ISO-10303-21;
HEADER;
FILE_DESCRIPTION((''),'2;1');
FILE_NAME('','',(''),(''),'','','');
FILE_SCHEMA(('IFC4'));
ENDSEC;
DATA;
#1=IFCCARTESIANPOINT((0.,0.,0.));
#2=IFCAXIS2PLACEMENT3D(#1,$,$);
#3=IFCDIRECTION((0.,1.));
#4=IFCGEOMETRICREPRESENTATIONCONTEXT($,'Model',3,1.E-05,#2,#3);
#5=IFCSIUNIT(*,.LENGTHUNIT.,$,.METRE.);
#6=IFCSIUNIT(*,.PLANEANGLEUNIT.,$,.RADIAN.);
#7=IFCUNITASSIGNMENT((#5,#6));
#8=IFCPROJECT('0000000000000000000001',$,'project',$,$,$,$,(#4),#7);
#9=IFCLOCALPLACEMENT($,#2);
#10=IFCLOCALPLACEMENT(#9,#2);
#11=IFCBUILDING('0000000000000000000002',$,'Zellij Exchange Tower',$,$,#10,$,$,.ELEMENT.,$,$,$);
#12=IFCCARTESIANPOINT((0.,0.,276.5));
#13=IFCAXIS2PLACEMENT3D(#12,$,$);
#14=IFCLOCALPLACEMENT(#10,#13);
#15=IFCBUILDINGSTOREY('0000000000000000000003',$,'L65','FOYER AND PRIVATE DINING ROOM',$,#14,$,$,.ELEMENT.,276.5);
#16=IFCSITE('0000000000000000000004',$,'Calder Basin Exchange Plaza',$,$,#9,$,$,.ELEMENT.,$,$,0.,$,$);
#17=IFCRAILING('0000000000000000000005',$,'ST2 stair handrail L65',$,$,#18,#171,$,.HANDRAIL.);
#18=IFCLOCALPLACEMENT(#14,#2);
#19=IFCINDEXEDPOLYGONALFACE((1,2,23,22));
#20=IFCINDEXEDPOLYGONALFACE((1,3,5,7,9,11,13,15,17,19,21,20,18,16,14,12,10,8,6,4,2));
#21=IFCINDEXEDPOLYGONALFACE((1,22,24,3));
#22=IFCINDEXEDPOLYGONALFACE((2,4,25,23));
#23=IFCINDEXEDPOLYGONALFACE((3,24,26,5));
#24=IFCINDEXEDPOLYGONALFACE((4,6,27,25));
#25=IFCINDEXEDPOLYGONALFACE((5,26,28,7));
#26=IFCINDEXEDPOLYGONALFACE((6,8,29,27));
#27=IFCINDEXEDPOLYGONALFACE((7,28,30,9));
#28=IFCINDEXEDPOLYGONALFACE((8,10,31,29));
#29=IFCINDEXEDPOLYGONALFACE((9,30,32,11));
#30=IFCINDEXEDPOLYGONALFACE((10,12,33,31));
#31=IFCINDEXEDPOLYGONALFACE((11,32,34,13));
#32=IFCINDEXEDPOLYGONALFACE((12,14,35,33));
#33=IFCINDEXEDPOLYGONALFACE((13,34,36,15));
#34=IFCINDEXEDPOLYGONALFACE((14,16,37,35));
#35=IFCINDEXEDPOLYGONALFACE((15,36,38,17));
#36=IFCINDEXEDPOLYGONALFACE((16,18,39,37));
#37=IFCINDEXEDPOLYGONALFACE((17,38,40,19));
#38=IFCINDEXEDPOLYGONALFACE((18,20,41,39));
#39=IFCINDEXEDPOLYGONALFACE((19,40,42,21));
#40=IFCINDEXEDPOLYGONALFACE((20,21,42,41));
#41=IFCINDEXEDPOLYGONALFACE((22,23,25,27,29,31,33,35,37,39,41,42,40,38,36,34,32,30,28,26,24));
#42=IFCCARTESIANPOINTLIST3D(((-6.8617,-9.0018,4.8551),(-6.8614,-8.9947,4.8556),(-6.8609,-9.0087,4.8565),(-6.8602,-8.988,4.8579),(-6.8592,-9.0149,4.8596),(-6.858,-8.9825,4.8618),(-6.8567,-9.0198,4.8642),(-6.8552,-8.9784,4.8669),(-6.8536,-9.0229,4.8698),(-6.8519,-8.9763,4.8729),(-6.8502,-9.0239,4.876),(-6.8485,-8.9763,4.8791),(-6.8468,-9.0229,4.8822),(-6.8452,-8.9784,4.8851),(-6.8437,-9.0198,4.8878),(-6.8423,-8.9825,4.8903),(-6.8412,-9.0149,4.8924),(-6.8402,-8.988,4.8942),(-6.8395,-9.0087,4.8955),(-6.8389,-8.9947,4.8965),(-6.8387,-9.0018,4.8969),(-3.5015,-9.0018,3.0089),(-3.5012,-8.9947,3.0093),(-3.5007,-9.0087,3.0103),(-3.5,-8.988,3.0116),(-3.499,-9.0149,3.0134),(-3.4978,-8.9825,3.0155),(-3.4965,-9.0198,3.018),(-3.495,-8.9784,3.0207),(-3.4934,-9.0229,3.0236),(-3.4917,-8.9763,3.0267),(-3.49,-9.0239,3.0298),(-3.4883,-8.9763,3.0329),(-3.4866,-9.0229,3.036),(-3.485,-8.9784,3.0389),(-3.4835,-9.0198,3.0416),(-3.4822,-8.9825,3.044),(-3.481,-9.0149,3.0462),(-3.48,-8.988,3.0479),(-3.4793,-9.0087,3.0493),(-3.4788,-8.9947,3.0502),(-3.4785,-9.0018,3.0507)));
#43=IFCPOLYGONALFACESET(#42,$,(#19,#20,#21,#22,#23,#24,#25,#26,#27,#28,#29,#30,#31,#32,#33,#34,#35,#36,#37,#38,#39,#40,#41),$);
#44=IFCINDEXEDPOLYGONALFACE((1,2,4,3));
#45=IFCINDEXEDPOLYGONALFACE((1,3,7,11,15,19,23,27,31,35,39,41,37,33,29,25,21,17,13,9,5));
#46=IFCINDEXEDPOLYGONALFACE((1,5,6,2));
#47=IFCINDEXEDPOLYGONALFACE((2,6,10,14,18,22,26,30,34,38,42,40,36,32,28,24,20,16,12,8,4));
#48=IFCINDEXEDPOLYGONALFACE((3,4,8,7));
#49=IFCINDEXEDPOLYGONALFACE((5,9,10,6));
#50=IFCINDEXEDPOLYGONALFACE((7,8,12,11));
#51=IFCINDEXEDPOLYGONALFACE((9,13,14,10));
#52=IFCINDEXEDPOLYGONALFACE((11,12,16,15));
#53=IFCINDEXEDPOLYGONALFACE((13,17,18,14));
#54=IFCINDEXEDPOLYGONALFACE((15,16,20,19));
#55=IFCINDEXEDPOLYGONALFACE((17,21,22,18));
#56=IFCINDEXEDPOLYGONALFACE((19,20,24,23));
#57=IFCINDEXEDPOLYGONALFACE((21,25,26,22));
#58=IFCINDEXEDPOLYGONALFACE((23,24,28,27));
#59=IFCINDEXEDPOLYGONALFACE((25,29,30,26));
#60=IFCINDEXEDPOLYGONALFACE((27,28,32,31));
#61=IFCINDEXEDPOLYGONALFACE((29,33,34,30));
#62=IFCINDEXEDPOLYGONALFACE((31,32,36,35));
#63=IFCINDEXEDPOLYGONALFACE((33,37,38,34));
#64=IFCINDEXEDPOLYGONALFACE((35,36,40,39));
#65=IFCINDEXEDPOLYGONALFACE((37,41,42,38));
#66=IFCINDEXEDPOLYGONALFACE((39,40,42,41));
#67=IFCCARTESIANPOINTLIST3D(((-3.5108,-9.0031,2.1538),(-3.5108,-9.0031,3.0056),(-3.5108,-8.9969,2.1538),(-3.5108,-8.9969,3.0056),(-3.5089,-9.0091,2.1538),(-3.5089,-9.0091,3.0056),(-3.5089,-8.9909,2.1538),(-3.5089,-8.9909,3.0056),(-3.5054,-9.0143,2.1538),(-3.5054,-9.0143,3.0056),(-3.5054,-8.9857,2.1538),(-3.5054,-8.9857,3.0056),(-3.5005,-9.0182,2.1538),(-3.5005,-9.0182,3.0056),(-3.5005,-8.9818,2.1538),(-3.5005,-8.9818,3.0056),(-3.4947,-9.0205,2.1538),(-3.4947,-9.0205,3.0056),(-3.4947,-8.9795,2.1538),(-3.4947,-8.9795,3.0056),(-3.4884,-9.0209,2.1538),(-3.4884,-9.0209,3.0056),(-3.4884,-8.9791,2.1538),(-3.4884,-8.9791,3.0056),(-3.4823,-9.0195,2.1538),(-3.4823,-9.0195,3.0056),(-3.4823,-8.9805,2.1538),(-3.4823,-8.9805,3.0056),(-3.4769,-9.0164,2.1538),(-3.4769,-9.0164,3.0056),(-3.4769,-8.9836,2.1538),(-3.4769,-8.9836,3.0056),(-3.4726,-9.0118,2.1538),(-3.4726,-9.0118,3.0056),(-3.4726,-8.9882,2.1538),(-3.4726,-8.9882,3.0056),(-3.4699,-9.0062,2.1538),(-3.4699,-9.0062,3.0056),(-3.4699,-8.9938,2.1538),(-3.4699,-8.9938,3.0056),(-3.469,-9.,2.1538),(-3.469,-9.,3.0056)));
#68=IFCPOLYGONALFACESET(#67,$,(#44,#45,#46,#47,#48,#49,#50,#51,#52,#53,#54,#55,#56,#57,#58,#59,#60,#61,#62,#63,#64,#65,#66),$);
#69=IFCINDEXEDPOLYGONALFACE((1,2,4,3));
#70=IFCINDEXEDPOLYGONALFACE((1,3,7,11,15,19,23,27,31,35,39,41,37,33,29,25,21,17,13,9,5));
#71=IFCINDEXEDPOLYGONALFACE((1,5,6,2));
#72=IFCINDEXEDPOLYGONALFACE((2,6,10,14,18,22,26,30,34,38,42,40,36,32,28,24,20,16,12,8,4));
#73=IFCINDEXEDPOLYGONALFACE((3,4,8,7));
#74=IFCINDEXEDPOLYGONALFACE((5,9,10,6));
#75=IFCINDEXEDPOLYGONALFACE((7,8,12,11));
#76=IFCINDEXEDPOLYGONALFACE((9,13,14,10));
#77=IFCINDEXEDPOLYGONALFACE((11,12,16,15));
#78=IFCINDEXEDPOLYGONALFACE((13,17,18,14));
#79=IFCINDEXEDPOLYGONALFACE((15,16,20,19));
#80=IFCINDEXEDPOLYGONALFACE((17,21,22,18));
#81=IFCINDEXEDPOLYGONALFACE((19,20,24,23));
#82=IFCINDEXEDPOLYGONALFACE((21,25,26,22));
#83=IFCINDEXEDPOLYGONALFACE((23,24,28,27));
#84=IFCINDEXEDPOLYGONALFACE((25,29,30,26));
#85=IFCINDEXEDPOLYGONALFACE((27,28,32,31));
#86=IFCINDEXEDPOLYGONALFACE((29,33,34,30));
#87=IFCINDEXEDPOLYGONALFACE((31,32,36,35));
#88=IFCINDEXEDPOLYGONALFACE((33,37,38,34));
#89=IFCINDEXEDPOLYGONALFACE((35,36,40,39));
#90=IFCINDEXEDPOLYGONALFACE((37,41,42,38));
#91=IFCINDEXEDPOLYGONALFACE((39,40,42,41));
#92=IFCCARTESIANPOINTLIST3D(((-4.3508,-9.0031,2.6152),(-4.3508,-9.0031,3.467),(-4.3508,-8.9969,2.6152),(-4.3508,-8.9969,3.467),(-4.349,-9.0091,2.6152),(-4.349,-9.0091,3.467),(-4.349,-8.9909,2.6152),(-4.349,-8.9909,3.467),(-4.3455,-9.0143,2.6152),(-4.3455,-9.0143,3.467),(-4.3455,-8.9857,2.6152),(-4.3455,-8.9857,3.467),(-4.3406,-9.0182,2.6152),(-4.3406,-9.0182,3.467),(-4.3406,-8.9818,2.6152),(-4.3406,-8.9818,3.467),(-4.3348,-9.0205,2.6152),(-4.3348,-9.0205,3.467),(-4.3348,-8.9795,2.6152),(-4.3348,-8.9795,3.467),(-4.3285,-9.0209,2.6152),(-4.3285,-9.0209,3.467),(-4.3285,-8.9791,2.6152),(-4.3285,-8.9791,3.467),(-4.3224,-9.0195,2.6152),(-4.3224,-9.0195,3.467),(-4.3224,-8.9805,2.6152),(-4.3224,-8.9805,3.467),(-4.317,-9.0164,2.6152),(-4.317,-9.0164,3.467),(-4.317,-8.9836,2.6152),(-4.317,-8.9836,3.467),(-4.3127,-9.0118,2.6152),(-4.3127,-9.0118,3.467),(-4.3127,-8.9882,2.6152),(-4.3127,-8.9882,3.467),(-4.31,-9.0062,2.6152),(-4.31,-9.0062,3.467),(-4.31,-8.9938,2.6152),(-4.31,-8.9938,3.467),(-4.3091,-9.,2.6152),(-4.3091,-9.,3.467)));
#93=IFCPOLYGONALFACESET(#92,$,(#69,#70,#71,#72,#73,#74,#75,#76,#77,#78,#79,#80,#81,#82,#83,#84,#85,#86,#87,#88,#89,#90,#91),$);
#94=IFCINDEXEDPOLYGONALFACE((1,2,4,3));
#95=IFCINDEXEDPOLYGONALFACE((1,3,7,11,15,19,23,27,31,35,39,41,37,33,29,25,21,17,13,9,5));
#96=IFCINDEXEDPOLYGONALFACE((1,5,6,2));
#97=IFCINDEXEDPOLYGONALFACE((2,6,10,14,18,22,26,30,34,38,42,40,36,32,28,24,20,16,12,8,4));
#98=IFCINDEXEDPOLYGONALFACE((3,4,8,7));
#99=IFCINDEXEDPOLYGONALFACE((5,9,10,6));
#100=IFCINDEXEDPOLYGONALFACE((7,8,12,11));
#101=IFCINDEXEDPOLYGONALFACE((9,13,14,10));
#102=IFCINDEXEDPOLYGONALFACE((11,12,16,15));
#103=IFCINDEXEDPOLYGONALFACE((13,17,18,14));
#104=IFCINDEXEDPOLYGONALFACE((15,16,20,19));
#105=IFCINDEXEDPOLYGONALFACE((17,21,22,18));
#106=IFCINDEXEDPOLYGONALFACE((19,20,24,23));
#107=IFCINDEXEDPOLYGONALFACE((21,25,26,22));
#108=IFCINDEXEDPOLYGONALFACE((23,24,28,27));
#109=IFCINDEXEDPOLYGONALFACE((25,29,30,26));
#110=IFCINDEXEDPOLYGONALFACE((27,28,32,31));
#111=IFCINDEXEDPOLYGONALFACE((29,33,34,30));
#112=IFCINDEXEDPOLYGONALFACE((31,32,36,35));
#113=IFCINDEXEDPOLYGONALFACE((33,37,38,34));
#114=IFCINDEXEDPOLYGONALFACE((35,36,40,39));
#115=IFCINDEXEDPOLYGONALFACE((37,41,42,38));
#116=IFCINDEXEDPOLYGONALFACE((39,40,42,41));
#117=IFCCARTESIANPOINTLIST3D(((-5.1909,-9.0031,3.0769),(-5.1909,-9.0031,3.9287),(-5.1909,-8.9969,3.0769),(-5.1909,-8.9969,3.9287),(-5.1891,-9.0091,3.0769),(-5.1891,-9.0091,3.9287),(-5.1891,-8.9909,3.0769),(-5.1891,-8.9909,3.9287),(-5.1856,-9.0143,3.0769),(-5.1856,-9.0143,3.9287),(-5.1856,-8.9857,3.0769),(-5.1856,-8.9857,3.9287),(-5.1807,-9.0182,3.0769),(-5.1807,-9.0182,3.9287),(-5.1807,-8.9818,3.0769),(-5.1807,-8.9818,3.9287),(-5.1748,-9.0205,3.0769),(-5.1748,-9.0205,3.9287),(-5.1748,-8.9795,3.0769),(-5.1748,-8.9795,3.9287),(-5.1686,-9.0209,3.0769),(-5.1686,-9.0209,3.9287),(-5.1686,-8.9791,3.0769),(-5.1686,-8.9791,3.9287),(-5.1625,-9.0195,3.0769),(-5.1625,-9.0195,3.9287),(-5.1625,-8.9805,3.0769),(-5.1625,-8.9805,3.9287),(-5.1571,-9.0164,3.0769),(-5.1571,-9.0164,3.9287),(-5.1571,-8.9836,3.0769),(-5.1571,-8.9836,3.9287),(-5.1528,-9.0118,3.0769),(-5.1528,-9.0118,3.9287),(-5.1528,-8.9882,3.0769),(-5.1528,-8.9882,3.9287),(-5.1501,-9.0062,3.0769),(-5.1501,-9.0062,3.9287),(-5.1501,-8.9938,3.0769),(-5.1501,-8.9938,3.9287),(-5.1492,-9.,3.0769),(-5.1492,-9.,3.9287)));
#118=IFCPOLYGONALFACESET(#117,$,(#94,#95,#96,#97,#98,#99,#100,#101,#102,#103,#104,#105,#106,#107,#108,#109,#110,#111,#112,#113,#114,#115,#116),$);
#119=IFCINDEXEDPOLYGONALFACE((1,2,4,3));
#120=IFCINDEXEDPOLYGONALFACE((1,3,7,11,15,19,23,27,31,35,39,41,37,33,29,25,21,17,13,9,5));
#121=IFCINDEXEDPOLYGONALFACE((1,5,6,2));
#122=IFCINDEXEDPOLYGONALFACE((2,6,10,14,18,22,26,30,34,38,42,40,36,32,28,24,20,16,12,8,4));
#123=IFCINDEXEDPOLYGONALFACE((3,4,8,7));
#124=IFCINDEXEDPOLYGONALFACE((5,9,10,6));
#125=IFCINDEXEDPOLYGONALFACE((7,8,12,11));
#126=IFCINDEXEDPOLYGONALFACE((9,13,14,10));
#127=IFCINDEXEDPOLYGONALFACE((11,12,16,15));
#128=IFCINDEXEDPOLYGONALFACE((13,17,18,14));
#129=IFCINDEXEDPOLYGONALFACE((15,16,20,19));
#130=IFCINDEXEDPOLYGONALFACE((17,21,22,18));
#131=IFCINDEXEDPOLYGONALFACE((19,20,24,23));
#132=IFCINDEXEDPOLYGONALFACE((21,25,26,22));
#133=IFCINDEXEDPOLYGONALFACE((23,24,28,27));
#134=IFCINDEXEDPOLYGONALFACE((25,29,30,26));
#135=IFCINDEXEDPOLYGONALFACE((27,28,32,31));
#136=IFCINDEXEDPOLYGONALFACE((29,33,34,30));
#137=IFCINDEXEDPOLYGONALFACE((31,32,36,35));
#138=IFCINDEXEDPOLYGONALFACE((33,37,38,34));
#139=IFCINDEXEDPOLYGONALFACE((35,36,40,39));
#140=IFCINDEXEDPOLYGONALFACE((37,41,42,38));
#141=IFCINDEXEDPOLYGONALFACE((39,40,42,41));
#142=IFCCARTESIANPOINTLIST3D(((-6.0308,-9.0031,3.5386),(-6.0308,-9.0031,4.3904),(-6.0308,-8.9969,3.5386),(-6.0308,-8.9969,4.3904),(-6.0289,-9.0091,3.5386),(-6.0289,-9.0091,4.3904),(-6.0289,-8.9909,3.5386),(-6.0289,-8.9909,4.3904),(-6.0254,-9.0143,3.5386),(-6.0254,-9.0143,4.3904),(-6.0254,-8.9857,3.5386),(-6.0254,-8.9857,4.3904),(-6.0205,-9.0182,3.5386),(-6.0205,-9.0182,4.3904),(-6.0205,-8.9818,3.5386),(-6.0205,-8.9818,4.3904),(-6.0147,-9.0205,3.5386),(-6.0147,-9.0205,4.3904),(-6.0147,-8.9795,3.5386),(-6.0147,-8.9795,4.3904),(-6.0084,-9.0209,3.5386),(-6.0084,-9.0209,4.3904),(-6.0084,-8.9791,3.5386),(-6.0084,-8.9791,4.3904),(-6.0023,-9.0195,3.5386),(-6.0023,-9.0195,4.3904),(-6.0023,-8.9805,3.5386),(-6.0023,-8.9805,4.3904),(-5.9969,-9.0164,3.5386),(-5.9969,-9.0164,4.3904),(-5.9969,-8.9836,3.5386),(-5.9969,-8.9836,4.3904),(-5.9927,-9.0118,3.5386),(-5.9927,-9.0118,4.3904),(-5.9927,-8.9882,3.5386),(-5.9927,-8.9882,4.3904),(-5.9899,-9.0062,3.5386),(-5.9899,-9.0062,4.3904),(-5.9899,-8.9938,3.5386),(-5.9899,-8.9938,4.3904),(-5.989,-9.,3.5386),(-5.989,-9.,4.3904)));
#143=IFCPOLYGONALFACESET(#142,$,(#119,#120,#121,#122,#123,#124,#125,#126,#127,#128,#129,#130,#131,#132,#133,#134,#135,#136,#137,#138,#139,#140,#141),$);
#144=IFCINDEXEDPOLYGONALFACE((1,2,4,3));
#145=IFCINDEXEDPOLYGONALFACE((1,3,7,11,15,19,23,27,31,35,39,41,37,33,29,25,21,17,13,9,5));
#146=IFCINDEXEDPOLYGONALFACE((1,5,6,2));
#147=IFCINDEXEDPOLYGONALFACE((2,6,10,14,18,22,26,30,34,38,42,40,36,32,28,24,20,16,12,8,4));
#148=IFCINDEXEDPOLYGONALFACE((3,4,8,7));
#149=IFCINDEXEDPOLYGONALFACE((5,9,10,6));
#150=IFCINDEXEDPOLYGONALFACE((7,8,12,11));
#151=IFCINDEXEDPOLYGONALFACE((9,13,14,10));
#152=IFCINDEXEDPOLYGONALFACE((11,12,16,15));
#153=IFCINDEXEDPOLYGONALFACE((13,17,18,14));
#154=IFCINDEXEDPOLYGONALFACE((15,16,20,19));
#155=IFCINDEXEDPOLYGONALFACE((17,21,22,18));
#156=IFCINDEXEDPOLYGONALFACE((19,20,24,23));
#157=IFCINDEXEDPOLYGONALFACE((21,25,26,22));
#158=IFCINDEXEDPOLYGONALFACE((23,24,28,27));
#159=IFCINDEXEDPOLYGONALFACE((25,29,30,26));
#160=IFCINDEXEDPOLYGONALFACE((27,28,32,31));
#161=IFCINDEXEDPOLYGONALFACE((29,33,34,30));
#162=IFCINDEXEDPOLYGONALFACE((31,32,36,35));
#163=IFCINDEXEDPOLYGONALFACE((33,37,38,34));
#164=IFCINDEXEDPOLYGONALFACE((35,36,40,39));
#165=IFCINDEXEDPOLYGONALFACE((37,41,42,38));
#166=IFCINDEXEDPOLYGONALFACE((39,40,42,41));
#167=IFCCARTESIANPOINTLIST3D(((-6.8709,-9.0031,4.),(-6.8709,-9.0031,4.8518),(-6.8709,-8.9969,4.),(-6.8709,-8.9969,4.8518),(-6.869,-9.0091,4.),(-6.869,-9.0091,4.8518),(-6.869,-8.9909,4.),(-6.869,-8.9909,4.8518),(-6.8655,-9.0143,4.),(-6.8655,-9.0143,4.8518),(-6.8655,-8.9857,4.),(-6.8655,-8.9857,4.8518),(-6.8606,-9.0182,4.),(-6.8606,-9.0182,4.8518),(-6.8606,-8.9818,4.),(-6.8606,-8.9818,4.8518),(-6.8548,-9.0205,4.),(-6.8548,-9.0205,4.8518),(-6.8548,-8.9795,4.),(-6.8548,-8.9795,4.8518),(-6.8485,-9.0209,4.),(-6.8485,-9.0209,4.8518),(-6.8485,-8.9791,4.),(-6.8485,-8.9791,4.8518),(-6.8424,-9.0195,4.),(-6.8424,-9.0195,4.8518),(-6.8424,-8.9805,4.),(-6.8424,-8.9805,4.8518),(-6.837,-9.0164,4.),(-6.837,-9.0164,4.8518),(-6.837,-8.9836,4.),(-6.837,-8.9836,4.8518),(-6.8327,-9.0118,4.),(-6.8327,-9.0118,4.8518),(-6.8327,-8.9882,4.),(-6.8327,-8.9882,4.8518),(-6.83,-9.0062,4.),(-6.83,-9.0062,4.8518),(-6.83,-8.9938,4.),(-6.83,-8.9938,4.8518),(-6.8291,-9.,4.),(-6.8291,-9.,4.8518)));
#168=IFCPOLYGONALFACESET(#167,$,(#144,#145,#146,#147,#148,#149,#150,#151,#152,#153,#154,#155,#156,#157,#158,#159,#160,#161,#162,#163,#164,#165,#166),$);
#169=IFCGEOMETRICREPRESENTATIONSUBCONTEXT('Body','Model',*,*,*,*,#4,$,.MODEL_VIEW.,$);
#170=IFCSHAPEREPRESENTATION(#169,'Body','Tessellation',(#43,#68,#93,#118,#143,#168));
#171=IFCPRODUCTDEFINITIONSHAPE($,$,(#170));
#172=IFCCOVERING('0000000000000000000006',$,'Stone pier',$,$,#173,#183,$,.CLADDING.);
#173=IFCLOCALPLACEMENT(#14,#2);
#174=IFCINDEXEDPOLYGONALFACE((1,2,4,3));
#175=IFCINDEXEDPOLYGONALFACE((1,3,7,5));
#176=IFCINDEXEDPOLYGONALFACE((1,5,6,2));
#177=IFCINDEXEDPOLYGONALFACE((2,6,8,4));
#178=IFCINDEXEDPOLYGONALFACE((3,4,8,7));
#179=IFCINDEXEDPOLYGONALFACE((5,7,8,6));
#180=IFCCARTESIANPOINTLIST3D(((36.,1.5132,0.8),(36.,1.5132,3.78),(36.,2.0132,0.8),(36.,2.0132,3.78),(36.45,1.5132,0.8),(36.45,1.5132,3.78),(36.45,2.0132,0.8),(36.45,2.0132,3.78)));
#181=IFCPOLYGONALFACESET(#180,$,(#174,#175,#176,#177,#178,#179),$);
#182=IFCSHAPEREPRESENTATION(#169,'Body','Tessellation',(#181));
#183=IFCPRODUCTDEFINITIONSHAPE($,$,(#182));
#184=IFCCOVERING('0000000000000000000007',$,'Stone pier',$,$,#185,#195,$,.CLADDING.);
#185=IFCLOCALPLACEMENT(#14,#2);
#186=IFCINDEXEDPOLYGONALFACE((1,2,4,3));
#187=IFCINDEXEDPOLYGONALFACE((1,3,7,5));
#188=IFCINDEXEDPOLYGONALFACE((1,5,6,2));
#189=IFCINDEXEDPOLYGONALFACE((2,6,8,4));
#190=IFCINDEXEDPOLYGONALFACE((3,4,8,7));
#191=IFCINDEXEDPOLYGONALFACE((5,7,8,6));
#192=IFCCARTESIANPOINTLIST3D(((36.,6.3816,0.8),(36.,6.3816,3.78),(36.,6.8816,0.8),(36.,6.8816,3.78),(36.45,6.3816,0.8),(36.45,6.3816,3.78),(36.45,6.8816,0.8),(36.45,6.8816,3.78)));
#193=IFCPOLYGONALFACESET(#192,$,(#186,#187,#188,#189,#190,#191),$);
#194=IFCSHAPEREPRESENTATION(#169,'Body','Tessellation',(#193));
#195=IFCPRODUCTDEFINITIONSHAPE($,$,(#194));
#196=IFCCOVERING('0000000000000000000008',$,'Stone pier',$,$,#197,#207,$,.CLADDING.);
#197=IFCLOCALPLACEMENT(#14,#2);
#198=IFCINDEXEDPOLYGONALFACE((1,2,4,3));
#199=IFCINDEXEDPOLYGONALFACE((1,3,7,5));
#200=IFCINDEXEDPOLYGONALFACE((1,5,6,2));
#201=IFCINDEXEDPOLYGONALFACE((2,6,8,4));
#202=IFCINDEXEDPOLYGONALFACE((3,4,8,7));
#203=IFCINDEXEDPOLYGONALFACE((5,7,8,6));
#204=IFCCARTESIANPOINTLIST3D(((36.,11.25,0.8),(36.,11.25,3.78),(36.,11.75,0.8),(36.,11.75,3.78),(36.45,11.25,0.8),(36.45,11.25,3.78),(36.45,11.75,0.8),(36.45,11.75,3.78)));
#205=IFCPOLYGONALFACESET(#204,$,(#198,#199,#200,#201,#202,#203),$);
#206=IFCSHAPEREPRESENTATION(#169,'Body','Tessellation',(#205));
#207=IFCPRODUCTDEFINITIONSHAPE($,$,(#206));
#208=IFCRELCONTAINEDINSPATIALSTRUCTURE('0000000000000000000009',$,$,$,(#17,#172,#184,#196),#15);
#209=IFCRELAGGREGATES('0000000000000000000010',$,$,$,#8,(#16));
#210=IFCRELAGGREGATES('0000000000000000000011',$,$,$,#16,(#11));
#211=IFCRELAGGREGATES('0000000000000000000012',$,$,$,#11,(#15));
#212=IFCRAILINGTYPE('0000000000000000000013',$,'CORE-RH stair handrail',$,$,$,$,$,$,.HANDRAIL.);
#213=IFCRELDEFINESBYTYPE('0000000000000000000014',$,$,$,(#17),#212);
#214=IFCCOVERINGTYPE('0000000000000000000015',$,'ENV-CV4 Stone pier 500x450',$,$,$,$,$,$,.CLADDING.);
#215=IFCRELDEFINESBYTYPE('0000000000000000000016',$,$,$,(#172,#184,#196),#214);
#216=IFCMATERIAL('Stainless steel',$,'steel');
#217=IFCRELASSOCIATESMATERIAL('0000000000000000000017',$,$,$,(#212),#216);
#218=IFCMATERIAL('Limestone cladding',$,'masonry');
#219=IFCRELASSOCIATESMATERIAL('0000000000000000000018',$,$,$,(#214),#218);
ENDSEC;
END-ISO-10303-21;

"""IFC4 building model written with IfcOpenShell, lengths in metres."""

from ifc_helpers import new_model, si_unit, direction, frame, origin, origin_2d, place, context, subcontext, project, spatial, polyline, circle, outline, extrude, material, type_object, element, save


model = new_model("IFC4")

# Units and contexts
model_context = context("Model", 3, precision=1e-05, world=origin(), true_north=direction((0.0, 1.0)))
body_context = subcontext(model_context, "Body", "Model", "MODEL_VIEW")
ifc_project = project(units=[si_unit("LENGTHUNIT", "METRE"), si_unit("PLANEANGLEUNIT", "RADIAN")], contexts=[model_context])

# Site, building, storey
site_placement = place(None, origin())
site = spatial("IfcSite", under=ifc_project, at=site_placement, Name="Calder Basin Exchange Plaza", CompositionType="ELEMENT", RefElevation=0.0)
building_placement = place(site_placement, origin())
building = spatial("IfcBuilding", under=site, at=building_placement, Name="Zellij Exchange Tower", CompositionType="ELEMENT")
storey_placement = place(building_placement, frame((0.0, 0.0, 276.5)))
storey = spatial("IfcBuildingStorey", under=building, at=storey_placement, Name="L65", Description="FOYER AND PRIVATE DINING ROOM", CompositionType="ELEMENT", Elevation=276.5)

# Railing
ifc_material_1 = material(Name="Stainless steel", Category="steel")
railing_type_1 = type_object("IfcRailingType", Name="CORE-RH stair handrail", PredefinedType="HANDRAIL", material=ifc_material_1)
railing_1_placement = place(storey_placement, frame((-3.49, -9.0, 2.1538)))
element("IfcRailing", 1, at=railing_1_placement, inside=storey, type_object=railing_type_1, Name="ST2 stair handrail L65", PredefinedType="HANDRAIL", context=body_context, shape_type="SweptSolid", body=[
    extrude(circle(Radius=0.0239, at=origin_2d()), frame((0.0, 0.0, 0.876), z_axis=(-0.876422, 0.0, 0.481545), x_axis=(0.0, -1.0, 0.0)), (0.0, 0.0, 1.0), 3.834),
    extrude(circle(Radius=0.021, at=origin_2d()), origin(), (0.0, 0.0, 1.0), 0.8518),
    extrude(circle(Radius=0.021, at=origin_2d()), frame((-0.8401, 0.0, 0.4614)), (0.0, 0.0, 1.0), 0.8518),
    extrude(circle(Radius=0.021, at=origin_2d()), frame((-1.6802, 0.0, 0.9231)), (0.0, 0.0, 1.0), 0.8518),
    extrude(circle(Radius=0.021, at=origin_2d()), frame((-2.52, 0.0, 1.3848)), (0.0, 0.0, 1.0), 0.8518),
    extrude(circle(Radius=0.021, at=origin_2d()), frame((-3.3601, 0.0, 1.8462)), (0.0, 0.0, 1.0), 0.8518),
])

# Coverings
ifc_material_2 = material(Name="Limestone cladding", Category="masonry")
covering_type = type_object("IfcCoveringType", Name="ENV-CV4 Stone pier 500x450", PredefinedType="CLADDING", material=ifc_material_2)
covering_1_placement = place(storey_placement, frame((0.0, 0.0, 0.8)))
element("IfcCovering", 2, at=covering_1_placement, inside=storey, type_object=covering_type, Name="Stone pier", PredefinedType="CLADDING", context=body_context, shape_type="SweptSolid", body=[
    extrude(outline(polyline([(36.0, 1.5132), (36.0, 2.0132), (36.45, 2.0132), (36.45, 1.5132), (36.0, 1.5132)])), origin(), (0.0, 0.0, 1.0), 2.98),
])
covering_2_placement = place(storey_placement, frame((0.0, 0.0, 0.8)))
element("IfcCovering", 3, at=covering_2_placement, inside=storey, type_object=covering_type, Name="Stone pier", PredefinedType="CLADDING", context=body_context, shape_type="SweptSolid", body=[
    extrude(outline(polyline([(36.0, 6.3816), (36.0, 6.8816), (36.45, 6.8816), (36.45, 6.3816), (36.0, 6.3816)])), origin(), (0.0, 0.0, 1.0), 2.98),
])
covering_3_placement = place(storey_placement, frame((0.0, 0.0, 0.8)))
element("IfcCovering", 4, at=covering_3_placement, inside=storey, type_object=covering_type, Name="Stone pier", PredefinedType="CLADDING", context=body_context, shape_type="SweptSolid", body=[
    extrude(outline(polyline([(36.0, 11.25), (36.0, 11.75), (36.45, 11.75), (36.45, 11.25), (36.0, 11.25)])), origin(), (0.0, 0.0, 1.0), 2.98),
])

save(model, "model.ifc")
